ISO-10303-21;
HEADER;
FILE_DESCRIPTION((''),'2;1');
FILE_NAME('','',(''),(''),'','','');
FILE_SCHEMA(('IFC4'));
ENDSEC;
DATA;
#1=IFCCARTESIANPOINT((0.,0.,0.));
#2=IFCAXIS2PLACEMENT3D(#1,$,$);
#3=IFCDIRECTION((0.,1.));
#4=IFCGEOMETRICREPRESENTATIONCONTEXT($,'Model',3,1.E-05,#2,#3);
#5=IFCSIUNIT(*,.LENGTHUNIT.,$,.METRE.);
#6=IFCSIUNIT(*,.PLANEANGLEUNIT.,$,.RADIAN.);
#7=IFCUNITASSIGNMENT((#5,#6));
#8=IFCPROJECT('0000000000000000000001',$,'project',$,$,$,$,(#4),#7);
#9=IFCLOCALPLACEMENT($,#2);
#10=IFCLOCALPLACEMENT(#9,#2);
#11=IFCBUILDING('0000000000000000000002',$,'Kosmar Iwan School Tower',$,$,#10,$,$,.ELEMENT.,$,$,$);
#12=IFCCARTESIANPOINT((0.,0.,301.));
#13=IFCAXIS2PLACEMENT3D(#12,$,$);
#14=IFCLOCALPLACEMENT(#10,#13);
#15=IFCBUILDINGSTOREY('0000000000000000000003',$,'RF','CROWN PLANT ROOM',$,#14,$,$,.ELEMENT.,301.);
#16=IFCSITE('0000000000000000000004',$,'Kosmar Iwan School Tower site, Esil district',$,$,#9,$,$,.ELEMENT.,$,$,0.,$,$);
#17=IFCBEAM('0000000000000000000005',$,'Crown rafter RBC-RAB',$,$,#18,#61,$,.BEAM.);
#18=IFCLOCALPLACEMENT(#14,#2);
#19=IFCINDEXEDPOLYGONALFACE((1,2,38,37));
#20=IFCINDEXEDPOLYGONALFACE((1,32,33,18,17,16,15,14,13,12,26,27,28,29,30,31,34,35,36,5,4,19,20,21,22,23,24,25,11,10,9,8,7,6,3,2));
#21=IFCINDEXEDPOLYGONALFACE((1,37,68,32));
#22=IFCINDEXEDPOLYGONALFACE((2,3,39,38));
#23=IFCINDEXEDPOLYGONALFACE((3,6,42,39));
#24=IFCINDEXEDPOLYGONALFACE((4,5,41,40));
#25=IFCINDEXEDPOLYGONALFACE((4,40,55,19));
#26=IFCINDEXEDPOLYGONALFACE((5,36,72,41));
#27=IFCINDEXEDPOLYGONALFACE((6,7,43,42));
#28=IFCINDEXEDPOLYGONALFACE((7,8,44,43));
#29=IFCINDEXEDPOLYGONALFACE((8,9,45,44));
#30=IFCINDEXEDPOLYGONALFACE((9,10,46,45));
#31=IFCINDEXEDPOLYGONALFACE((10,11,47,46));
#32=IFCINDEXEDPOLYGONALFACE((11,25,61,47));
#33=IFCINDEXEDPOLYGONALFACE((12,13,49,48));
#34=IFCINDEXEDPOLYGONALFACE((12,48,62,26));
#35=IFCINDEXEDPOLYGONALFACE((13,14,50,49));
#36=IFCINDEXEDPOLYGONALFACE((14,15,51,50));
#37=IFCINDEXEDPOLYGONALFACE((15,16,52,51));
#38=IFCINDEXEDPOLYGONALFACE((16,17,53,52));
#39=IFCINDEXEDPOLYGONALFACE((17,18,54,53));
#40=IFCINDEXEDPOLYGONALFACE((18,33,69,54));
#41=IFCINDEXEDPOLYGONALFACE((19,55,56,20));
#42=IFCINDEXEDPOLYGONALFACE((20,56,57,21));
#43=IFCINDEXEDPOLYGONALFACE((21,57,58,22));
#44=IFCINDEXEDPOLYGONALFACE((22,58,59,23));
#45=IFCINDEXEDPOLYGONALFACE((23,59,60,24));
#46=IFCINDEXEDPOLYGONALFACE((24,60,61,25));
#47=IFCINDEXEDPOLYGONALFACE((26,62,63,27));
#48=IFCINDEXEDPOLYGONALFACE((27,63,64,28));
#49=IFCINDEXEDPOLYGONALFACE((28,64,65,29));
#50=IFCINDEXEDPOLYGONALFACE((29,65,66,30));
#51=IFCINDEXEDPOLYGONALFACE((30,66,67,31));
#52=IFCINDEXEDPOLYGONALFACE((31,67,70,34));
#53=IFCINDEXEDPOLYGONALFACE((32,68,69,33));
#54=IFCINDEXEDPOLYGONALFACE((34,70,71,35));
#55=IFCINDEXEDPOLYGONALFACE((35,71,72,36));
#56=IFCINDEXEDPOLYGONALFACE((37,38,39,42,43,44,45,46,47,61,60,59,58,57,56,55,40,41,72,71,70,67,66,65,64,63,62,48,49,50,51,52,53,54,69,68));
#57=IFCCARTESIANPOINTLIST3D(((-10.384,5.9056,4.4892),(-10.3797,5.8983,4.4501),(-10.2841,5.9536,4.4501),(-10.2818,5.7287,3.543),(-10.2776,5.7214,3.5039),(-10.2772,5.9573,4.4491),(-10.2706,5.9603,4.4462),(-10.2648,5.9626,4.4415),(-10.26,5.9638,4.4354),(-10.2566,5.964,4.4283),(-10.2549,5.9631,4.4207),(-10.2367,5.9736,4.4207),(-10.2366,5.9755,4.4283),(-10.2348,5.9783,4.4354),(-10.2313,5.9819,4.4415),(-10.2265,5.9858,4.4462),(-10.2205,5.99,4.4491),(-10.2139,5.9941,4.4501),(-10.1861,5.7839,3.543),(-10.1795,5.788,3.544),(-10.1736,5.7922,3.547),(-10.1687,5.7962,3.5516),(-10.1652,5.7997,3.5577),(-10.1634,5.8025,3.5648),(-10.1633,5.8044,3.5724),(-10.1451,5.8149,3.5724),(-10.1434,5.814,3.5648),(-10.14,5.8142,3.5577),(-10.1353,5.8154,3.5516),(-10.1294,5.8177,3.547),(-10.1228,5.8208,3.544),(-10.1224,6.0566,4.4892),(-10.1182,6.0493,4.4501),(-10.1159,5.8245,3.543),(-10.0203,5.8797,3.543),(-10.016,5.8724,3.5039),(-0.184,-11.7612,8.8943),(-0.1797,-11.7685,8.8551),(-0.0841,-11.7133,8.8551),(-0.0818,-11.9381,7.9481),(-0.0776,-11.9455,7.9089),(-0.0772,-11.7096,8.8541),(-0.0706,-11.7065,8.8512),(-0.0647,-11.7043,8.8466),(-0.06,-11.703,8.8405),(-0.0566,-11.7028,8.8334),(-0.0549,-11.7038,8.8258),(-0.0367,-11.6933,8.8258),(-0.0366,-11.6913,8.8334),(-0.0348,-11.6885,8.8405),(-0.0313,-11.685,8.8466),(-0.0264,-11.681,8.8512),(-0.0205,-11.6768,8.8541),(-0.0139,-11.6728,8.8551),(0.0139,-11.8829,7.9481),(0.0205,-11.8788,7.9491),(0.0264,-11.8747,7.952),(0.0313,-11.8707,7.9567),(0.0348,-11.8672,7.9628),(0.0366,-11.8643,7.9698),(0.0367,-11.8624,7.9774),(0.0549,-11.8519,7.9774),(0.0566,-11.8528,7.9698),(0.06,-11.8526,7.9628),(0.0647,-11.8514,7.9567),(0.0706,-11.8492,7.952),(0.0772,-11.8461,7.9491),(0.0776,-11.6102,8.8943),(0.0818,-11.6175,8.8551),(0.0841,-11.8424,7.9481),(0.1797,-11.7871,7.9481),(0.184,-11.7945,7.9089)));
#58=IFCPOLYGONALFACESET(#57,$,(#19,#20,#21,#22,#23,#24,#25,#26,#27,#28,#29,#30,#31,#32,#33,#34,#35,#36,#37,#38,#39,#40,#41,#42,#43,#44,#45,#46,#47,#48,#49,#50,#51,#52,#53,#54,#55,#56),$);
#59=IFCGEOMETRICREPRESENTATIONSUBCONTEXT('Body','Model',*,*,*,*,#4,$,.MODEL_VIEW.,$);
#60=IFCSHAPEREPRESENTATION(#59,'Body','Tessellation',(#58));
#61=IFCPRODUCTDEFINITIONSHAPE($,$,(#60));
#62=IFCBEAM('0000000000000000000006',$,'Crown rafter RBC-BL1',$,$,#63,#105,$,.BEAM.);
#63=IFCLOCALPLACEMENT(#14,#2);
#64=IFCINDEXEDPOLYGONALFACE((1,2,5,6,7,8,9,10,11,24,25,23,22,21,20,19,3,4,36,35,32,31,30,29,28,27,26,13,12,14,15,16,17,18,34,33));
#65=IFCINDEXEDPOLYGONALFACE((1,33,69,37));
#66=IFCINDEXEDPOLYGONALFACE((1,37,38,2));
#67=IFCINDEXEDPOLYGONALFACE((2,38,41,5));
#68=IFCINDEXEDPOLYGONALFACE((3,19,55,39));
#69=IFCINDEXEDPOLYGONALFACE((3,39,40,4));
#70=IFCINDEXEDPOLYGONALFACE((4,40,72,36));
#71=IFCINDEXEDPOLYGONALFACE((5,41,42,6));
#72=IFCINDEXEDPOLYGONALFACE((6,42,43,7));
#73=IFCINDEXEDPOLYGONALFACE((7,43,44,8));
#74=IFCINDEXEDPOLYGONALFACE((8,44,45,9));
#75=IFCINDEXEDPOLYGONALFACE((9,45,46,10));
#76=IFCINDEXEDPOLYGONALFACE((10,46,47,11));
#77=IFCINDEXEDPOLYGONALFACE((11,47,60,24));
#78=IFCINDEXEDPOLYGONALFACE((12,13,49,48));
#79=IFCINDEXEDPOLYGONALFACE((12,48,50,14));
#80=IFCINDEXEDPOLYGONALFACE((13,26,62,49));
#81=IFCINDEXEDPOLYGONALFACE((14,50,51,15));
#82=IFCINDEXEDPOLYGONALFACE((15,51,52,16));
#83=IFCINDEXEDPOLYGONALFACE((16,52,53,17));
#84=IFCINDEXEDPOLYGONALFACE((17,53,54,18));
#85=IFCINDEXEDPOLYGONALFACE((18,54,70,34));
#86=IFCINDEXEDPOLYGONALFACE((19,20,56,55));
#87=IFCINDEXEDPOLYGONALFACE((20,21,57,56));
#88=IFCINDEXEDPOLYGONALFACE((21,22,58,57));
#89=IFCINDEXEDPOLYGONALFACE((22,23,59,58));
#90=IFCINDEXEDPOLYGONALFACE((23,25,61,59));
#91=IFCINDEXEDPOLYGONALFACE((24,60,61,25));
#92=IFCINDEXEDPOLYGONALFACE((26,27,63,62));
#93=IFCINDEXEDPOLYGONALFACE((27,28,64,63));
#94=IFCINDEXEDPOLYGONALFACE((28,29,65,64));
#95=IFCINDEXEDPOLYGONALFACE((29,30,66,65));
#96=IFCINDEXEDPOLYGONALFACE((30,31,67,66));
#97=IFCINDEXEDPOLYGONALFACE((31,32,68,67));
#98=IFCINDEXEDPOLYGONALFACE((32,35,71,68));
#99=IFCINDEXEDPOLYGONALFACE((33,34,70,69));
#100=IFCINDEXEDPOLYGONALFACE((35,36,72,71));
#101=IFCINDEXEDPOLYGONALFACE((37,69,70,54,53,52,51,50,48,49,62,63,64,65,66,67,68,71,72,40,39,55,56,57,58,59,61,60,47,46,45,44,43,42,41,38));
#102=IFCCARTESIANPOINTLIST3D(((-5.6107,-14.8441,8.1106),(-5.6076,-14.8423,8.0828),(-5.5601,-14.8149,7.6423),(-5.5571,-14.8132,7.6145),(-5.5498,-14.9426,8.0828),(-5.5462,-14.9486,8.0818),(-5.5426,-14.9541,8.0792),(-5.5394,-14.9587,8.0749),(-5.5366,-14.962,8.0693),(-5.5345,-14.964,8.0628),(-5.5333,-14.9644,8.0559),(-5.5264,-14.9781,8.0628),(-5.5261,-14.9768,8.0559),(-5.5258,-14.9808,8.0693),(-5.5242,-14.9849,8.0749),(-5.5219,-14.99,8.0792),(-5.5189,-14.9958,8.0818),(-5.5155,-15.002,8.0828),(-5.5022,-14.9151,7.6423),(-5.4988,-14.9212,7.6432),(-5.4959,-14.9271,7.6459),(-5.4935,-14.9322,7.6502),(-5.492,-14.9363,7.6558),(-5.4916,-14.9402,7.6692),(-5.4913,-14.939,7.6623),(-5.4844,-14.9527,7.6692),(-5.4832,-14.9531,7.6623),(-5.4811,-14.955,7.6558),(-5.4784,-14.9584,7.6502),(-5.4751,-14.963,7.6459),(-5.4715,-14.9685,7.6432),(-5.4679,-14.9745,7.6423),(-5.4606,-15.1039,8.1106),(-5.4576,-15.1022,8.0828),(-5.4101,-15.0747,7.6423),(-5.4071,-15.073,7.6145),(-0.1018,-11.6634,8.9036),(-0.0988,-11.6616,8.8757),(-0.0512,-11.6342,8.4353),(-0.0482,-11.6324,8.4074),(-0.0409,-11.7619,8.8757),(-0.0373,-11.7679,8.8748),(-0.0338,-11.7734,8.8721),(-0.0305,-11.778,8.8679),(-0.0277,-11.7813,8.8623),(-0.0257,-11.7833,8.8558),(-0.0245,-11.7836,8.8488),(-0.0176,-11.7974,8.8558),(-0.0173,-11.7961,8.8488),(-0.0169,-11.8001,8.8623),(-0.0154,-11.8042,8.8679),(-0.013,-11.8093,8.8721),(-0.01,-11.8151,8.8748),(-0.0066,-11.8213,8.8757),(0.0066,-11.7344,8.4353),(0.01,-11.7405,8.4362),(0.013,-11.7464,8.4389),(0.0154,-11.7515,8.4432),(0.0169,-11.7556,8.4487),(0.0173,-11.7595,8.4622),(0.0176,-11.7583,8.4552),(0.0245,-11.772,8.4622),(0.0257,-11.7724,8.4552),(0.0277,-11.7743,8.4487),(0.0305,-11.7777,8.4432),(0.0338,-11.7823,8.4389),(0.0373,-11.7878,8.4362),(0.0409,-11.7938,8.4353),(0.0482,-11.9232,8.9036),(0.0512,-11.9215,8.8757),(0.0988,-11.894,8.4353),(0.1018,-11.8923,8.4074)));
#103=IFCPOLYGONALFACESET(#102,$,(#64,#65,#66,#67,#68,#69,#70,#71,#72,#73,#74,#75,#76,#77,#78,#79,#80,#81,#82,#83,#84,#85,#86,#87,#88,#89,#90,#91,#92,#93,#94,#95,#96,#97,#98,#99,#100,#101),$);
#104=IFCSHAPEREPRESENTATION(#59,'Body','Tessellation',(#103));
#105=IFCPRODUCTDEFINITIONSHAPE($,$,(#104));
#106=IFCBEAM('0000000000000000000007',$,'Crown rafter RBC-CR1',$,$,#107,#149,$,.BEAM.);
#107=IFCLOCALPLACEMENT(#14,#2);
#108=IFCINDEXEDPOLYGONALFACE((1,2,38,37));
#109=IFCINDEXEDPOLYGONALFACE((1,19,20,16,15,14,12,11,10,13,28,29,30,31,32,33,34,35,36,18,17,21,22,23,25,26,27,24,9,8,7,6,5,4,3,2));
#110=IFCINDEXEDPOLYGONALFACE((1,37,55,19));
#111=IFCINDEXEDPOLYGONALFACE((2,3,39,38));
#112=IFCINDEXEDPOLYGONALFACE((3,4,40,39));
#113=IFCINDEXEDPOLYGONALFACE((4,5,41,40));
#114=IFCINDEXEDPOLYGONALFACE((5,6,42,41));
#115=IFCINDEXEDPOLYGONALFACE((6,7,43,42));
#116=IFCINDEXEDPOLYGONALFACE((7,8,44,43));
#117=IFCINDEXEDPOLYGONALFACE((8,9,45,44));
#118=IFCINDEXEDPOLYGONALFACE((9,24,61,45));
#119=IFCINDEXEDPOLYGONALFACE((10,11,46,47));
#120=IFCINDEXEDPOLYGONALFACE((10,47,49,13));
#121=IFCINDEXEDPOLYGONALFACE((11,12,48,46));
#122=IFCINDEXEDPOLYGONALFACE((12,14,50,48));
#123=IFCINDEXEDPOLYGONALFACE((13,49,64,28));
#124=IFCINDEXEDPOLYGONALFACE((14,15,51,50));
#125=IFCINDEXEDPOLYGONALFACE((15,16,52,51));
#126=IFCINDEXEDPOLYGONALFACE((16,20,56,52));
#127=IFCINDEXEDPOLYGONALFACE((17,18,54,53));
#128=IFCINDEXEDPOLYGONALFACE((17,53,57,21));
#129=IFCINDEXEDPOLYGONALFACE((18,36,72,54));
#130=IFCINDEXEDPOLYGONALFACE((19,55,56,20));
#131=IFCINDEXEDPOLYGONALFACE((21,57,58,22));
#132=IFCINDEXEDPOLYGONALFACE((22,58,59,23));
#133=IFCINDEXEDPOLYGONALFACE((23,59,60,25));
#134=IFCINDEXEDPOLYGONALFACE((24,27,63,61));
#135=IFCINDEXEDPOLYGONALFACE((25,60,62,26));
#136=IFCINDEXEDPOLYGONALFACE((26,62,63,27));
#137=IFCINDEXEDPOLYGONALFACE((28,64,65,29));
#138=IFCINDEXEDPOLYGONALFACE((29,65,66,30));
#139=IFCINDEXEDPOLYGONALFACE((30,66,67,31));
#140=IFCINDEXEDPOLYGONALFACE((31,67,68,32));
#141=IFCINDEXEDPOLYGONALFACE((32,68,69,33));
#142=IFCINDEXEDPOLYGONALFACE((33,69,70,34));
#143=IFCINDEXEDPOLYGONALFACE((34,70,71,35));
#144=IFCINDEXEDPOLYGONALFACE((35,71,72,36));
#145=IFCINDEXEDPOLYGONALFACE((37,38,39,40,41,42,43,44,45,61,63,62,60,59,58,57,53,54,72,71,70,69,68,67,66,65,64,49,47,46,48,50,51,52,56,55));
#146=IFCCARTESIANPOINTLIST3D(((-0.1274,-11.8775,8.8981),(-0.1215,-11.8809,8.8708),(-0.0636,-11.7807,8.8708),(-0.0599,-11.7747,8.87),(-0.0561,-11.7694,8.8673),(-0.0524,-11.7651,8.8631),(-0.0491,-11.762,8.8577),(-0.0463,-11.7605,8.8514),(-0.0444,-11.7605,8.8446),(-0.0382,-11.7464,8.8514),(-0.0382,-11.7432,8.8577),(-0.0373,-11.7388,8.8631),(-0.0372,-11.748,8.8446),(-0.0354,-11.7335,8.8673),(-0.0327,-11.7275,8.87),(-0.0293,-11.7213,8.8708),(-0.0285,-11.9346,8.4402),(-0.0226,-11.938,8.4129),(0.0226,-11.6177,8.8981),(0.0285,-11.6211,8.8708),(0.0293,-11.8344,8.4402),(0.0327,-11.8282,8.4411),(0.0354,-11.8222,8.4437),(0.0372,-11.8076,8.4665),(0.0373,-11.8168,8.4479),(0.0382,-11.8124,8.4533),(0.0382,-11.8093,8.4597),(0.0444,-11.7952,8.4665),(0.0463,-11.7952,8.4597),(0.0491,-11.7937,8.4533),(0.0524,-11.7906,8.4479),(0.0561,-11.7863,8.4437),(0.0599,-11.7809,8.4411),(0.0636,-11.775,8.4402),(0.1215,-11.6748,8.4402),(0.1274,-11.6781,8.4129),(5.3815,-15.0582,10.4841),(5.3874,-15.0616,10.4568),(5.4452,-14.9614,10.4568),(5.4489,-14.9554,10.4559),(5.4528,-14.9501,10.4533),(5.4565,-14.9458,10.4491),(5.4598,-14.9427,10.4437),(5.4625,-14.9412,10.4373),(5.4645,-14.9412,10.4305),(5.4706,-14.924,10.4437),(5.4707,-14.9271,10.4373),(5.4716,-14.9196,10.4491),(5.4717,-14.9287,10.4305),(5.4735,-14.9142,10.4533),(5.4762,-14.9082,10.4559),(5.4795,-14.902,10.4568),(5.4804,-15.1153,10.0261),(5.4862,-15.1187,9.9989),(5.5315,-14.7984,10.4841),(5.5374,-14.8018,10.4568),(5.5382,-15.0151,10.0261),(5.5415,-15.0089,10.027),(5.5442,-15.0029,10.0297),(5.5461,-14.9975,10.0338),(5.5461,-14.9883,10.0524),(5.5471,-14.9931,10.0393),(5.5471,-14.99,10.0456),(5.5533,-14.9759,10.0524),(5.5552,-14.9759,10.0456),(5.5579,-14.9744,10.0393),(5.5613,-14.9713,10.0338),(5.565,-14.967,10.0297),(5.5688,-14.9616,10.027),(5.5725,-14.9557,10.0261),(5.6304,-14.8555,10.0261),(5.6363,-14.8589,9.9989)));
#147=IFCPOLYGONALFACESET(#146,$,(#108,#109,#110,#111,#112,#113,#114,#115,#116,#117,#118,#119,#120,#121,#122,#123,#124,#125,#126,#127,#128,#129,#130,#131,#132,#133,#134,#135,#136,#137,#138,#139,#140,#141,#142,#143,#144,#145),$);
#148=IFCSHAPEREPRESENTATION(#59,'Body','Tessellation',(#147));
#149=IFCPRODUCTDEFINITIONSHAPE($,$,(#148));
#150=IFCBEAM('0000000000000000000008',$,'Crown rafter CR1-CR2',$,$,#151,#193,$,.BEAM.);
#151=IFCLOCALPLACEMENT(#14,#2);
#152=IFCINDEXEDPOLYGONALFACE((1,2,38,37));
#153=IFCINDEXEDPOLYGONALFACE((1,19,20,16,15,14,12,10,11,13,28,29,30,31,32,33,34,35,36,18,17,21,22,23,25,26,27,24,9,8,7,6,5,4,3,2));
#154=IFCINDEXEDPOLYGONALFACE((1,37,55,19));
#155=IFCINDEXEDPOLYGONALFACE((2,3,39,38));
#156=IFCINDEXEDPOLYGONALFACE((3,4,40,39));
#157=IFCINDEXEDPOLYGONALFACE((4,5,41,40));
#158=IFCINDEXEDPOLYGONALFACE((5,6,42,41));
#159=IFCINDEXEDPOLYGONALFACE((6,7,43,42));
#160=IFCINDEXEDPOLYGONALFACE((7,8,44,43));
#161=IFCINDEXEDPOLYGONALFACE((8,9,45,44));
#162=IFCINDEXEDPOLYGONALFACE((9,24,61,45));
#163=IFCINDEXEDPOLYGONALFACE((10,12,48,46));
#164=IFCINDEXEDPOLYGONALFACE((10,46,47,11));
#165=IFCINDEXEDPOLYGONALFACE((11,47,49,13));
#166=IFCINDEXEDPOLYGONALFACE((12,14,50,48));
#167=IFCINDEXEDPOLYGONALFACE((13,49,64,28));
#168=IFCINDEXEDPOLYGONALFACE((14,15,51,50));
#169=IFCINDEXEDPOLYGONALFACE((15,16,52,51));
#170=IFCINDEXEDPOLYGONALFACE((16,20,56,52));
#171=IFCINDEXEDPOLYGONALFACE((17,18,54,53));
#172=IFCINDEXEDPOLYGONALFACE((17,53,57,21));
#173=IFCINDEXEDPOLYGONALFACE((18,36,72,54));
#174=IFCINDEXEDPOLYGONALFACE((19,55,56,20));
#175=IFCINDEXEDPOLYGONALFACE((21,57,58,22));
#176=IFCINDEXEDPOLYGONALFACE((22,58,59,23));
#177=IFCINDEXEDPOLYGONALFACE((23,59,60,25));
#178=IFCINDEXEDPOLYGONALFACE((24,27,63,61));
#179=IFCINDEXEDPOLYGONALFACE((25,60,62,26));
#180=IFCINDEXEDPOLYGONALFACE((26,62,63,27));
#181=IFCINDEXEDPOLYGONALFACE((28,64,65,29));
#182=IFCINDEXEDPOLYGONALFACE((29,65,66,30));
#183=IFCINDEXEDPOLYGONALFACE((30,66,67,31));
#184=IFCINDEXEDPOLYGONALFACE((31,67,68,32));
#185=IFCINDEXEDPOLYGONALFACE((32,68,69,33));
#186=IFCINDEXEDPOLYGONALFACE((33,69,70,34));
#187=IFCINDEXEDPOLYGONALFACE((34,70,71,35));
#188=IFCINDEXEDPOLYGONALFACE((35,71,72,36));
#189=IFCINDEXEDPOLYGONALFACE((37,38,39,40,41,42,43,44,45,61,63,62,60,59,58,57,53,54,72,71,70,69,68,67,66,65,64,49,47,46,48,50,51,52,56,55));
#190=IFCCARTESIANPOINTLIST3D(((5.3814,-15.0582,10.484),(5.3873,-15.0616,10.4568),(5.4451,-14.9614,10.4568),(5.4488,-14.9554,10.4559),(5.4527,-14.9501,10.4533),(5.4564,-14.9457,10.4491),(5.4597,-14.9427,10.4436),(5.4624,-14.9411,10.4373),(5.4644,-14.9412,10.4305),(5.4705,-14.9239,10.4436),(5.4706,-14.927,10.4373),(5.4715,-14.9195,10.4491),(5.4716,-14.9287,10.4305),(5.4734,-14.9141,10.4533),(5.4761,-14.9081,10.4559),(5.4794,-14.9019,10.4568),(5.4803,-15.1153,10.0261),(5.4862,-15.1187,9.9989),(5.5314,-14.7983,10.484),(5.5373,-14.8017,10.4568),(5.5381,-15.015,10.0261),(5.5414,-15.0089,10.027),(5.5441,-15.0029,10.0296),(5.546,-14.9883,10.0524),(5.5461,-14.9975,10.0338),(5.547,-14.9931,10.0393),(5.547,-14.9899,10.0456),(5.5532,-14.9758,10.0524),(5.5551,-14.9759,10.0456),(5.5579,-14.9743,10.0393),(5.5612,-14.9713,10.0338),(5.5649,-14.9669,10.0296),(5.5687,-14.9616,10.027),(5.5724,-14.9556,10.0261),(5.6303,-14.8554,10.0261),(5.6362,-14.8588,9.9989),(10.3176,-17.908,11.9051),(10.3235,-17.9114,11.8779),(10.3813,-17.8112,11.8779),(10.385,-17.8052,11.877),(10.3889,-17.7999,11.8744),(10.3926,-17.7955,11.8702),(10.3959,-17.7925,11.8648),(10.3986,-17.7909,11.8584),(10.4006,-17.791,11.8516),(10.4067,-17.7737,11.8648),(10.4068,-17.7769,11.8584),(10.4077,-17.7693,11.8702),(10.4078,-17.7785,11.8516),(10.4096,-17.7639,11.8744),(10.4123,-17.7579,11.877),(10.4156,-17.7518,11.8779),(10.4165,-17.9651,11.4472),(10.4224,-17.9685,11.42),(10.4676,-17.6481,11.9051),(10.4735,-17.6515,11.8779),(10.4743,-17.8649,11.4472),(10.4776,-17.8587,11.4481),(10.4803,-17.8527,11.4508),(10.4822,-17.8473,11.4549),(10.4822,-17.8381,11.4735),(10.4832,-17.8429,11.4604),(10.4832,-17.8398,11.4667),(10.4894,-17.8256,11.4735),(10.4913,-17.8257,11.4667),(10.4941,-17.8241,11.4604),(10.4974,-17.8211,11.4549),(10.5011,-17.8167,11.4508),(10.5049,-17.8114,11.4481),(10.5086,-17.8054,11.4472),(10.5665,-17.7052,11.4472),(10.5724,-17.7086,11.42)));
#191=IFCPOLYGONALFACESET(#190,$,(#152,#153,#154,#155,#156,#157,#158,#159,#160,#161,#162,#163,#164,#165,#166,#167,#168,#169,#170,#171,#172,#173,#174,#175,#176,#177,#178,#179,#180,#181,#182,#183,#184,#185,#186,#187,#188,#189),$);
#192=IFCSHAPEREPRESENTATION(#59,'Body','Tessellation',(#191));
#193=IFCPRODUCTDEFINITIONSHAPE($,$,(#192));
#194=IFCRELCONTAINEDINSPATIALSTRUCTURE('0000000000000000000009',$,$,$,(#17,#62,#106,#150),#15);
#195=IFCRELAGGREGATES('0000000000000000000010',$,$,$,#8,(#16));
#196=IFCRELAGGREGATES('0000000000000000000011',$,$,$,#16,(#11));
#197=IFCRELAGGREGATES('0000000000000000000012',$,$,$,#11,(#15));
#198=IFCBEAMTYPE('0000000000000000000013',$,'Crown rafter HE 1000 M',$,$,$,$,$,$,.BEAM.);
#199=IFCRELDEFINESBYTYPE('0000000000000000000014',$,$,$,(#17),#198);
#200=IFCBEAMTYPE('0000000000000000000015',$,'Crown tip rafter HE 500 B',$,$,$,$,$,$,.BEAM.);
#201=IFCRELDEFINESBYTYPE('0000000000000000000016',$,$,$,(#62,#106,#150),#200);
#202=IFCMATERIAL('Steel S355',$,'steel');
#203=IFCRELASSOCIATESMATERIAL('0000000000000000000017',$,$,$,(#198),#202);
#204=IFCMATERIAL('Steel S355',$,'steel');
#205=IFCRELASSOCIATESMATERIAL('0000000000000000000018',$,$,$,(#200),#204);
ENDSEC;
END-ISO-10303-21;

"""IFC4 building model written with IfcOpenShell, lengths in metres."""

from ifc_helpers import new_model, si_unit, direction, frame, origin, origin_2d, place, context, subcontext, project, spatial, i_section, extrude, material, material_profile, profile_set, type_object, element, save


model = new_model("IFC4")

# Units and contexts
model_context = context("Model", 3, precision=1e-05, world=origin(), true_north=direction((0.0, 1.0)))
body_context = subcontext(model_context, "Body", "Model", "MODEL_VIEW")
ifc_project = project(units=[si_unit("LENGTHUNIT", "METRE"), si_unit("PLANEANGLEUNIT", "RADIAN")], contexts=[model_context])

# Site, building, storey
site_placement = place(None, origin())
site = spatial("IfcSite", under=ifc_project, at=site_placement, Name="Kosmar Iwan School Tower site, Esil district", CompositionType="ELEMENT", RefElevation=0.0)
building_placement = place(site_placement, origin())
building = spatial("IfcBuilding", under=site, at=building_placement, Name="Kosmar Iwan School Tower", CompositionType="ELEMENT")
storey_placement = place(building_placement, frame((0.0, 0.0, 301.0)))
storey = spatial("IfcBuildingStorey", under=building, at=storey_placement, Name="RF", Description="CROWN PLANT ROOM", CompositionType="ELEMENT", Elevation=301.0)

# Beams
ifc_material_1 = material(Name="Steel S355", Category="steel")
ifc_material_profile_1 = material_profile(ifc_material_1, i_section(OverallWidth=0.302, OverallDepth=1.0081, WebThickness=0.021, FlangeThickness=0.04, FilletRadius=0.03, at=origin_2d()), Name="HE 1000 M")
ifc_profile_set_1 = profile_set([ifc_material_profile_1], Name="Steel S355")
beam_type_1 = type_object("IfcBeamType", Name="Crown rafter HE 1000 M", PredefinedType="BEAM", material=ifc_profile_set_1)
beam_1_placement = place(storey_placement, frame((0.0, -11.7778, 8.4016), z_axis=(-0.488737, 0.846514, -0.21107), x_axis=(-0.866024, -0.500002, 0.0)))
element("IfcBeam", 1, at=beam_1_placement, inside=storey, type_object=beam_type_1, Name="Crown rafter RBC-RAB", PredefinedType="BEAM", context=body_context, shape_type="SweptSolid", body=[
    extrude(i_section(OverallWidth=0.302, OverallDepth=1.0081, WebThickness=0.021, FlangeThickness=0.04, FilletRadius=0.03, at=origin_2d()), origin(), (0.0, 0.0, 1.0), 20.8701),
])
ifc_material_2 = material(Name="Steel S355", Category="steel")
ifc_material_profile_2 = material_profile(ifc_material_2, i_section(OverallWidth=0.3, OverallDepth=0.5, WebThickness=0.0144, FlangeThickness=0.0281, FilletRadius=0.0271, at=origin_2d()), Name="HE 500 B")
ifc_profile_set_2 = profile_set([ifc_material_profile_2], Name="Steel S355")
beam_type_2 = type_object("IfcBeamType", Name="Crown tip rafter HE 500 B", PredefinedType="BEAM", material=ifc_profile_set_2)
beam_2_placement = place(storey_placement, frame((0.0, -11.7778, 8.6555), z_axis=(-0.859363, -0.496179, -0.123702), x_axis=(0.500019, -0.866014, 0.0)))
element("IfcBeam", 2, at=beam_2_placement, inside=storey, type_object=beam_type_2, Name="Crown rafter RBC-BL1", PredefinedType="BEAM", context=body_context, shape_type="SweptSolid", body=[
    extrude(i_section(OverallWidth=0.3, OverallDepth=0.5, WebThickness=0.0144, FlangeThickness=0.0281, FilletRadius=0.0271, at=origin_2d()), origin(), (0.0, 0.0, 1.0), 6.4104),
])
beam_3_placement = place(storey_placement, frame((0.0, -11.7778, 8.6555), z_axis=(0.840292, -0.485168, 0.241913), x_axis=(0.500019, 0.866014, 0.0)))
element("IfcBeam", 3, at=beam_3_placement, inside=storey, type_object=beam_type_2, Name="Crown rafter RBC-CR1", PredefinedType="BEAM", context=body_context, shape_type="SweptSolid", body=[
    extrude(i_section(OverallWidth=0.3, OverallDepth=0.5, WebThickness=0.0144, FlangeThickness=0.0281, FilletRadius=0.0271, at=origin_2d()), origin(), (0.0, 0.0, 1.0), 6.5559),
])
beam_4_placement = place(storey_placement, frame((5.5088, -14.9585, 10.2415), z_axis=(0.840309, -0.485134, 0.241923), x_axis=(0.499986, 0.866034, 0.0)))
element("IfcBeam", 4, at=beam_4_placement, inside=storey, type_object=beam_type_2, Name="Crown rafter CR1-CR2", PredefinedType="BEAM", context=body_context, shape_type="SweptSolid", body=[
    extrude(i_section(OverallWidth=0.3, OverallDepth=0.5, WebThickness=0.0144, FlangeThickness=0.0281, FilletRadius=0.0271, at=origin_2d()), origin(), (0.0, 0.0, 1.0), 5.8743),
])

save(model, "model.ifc")
